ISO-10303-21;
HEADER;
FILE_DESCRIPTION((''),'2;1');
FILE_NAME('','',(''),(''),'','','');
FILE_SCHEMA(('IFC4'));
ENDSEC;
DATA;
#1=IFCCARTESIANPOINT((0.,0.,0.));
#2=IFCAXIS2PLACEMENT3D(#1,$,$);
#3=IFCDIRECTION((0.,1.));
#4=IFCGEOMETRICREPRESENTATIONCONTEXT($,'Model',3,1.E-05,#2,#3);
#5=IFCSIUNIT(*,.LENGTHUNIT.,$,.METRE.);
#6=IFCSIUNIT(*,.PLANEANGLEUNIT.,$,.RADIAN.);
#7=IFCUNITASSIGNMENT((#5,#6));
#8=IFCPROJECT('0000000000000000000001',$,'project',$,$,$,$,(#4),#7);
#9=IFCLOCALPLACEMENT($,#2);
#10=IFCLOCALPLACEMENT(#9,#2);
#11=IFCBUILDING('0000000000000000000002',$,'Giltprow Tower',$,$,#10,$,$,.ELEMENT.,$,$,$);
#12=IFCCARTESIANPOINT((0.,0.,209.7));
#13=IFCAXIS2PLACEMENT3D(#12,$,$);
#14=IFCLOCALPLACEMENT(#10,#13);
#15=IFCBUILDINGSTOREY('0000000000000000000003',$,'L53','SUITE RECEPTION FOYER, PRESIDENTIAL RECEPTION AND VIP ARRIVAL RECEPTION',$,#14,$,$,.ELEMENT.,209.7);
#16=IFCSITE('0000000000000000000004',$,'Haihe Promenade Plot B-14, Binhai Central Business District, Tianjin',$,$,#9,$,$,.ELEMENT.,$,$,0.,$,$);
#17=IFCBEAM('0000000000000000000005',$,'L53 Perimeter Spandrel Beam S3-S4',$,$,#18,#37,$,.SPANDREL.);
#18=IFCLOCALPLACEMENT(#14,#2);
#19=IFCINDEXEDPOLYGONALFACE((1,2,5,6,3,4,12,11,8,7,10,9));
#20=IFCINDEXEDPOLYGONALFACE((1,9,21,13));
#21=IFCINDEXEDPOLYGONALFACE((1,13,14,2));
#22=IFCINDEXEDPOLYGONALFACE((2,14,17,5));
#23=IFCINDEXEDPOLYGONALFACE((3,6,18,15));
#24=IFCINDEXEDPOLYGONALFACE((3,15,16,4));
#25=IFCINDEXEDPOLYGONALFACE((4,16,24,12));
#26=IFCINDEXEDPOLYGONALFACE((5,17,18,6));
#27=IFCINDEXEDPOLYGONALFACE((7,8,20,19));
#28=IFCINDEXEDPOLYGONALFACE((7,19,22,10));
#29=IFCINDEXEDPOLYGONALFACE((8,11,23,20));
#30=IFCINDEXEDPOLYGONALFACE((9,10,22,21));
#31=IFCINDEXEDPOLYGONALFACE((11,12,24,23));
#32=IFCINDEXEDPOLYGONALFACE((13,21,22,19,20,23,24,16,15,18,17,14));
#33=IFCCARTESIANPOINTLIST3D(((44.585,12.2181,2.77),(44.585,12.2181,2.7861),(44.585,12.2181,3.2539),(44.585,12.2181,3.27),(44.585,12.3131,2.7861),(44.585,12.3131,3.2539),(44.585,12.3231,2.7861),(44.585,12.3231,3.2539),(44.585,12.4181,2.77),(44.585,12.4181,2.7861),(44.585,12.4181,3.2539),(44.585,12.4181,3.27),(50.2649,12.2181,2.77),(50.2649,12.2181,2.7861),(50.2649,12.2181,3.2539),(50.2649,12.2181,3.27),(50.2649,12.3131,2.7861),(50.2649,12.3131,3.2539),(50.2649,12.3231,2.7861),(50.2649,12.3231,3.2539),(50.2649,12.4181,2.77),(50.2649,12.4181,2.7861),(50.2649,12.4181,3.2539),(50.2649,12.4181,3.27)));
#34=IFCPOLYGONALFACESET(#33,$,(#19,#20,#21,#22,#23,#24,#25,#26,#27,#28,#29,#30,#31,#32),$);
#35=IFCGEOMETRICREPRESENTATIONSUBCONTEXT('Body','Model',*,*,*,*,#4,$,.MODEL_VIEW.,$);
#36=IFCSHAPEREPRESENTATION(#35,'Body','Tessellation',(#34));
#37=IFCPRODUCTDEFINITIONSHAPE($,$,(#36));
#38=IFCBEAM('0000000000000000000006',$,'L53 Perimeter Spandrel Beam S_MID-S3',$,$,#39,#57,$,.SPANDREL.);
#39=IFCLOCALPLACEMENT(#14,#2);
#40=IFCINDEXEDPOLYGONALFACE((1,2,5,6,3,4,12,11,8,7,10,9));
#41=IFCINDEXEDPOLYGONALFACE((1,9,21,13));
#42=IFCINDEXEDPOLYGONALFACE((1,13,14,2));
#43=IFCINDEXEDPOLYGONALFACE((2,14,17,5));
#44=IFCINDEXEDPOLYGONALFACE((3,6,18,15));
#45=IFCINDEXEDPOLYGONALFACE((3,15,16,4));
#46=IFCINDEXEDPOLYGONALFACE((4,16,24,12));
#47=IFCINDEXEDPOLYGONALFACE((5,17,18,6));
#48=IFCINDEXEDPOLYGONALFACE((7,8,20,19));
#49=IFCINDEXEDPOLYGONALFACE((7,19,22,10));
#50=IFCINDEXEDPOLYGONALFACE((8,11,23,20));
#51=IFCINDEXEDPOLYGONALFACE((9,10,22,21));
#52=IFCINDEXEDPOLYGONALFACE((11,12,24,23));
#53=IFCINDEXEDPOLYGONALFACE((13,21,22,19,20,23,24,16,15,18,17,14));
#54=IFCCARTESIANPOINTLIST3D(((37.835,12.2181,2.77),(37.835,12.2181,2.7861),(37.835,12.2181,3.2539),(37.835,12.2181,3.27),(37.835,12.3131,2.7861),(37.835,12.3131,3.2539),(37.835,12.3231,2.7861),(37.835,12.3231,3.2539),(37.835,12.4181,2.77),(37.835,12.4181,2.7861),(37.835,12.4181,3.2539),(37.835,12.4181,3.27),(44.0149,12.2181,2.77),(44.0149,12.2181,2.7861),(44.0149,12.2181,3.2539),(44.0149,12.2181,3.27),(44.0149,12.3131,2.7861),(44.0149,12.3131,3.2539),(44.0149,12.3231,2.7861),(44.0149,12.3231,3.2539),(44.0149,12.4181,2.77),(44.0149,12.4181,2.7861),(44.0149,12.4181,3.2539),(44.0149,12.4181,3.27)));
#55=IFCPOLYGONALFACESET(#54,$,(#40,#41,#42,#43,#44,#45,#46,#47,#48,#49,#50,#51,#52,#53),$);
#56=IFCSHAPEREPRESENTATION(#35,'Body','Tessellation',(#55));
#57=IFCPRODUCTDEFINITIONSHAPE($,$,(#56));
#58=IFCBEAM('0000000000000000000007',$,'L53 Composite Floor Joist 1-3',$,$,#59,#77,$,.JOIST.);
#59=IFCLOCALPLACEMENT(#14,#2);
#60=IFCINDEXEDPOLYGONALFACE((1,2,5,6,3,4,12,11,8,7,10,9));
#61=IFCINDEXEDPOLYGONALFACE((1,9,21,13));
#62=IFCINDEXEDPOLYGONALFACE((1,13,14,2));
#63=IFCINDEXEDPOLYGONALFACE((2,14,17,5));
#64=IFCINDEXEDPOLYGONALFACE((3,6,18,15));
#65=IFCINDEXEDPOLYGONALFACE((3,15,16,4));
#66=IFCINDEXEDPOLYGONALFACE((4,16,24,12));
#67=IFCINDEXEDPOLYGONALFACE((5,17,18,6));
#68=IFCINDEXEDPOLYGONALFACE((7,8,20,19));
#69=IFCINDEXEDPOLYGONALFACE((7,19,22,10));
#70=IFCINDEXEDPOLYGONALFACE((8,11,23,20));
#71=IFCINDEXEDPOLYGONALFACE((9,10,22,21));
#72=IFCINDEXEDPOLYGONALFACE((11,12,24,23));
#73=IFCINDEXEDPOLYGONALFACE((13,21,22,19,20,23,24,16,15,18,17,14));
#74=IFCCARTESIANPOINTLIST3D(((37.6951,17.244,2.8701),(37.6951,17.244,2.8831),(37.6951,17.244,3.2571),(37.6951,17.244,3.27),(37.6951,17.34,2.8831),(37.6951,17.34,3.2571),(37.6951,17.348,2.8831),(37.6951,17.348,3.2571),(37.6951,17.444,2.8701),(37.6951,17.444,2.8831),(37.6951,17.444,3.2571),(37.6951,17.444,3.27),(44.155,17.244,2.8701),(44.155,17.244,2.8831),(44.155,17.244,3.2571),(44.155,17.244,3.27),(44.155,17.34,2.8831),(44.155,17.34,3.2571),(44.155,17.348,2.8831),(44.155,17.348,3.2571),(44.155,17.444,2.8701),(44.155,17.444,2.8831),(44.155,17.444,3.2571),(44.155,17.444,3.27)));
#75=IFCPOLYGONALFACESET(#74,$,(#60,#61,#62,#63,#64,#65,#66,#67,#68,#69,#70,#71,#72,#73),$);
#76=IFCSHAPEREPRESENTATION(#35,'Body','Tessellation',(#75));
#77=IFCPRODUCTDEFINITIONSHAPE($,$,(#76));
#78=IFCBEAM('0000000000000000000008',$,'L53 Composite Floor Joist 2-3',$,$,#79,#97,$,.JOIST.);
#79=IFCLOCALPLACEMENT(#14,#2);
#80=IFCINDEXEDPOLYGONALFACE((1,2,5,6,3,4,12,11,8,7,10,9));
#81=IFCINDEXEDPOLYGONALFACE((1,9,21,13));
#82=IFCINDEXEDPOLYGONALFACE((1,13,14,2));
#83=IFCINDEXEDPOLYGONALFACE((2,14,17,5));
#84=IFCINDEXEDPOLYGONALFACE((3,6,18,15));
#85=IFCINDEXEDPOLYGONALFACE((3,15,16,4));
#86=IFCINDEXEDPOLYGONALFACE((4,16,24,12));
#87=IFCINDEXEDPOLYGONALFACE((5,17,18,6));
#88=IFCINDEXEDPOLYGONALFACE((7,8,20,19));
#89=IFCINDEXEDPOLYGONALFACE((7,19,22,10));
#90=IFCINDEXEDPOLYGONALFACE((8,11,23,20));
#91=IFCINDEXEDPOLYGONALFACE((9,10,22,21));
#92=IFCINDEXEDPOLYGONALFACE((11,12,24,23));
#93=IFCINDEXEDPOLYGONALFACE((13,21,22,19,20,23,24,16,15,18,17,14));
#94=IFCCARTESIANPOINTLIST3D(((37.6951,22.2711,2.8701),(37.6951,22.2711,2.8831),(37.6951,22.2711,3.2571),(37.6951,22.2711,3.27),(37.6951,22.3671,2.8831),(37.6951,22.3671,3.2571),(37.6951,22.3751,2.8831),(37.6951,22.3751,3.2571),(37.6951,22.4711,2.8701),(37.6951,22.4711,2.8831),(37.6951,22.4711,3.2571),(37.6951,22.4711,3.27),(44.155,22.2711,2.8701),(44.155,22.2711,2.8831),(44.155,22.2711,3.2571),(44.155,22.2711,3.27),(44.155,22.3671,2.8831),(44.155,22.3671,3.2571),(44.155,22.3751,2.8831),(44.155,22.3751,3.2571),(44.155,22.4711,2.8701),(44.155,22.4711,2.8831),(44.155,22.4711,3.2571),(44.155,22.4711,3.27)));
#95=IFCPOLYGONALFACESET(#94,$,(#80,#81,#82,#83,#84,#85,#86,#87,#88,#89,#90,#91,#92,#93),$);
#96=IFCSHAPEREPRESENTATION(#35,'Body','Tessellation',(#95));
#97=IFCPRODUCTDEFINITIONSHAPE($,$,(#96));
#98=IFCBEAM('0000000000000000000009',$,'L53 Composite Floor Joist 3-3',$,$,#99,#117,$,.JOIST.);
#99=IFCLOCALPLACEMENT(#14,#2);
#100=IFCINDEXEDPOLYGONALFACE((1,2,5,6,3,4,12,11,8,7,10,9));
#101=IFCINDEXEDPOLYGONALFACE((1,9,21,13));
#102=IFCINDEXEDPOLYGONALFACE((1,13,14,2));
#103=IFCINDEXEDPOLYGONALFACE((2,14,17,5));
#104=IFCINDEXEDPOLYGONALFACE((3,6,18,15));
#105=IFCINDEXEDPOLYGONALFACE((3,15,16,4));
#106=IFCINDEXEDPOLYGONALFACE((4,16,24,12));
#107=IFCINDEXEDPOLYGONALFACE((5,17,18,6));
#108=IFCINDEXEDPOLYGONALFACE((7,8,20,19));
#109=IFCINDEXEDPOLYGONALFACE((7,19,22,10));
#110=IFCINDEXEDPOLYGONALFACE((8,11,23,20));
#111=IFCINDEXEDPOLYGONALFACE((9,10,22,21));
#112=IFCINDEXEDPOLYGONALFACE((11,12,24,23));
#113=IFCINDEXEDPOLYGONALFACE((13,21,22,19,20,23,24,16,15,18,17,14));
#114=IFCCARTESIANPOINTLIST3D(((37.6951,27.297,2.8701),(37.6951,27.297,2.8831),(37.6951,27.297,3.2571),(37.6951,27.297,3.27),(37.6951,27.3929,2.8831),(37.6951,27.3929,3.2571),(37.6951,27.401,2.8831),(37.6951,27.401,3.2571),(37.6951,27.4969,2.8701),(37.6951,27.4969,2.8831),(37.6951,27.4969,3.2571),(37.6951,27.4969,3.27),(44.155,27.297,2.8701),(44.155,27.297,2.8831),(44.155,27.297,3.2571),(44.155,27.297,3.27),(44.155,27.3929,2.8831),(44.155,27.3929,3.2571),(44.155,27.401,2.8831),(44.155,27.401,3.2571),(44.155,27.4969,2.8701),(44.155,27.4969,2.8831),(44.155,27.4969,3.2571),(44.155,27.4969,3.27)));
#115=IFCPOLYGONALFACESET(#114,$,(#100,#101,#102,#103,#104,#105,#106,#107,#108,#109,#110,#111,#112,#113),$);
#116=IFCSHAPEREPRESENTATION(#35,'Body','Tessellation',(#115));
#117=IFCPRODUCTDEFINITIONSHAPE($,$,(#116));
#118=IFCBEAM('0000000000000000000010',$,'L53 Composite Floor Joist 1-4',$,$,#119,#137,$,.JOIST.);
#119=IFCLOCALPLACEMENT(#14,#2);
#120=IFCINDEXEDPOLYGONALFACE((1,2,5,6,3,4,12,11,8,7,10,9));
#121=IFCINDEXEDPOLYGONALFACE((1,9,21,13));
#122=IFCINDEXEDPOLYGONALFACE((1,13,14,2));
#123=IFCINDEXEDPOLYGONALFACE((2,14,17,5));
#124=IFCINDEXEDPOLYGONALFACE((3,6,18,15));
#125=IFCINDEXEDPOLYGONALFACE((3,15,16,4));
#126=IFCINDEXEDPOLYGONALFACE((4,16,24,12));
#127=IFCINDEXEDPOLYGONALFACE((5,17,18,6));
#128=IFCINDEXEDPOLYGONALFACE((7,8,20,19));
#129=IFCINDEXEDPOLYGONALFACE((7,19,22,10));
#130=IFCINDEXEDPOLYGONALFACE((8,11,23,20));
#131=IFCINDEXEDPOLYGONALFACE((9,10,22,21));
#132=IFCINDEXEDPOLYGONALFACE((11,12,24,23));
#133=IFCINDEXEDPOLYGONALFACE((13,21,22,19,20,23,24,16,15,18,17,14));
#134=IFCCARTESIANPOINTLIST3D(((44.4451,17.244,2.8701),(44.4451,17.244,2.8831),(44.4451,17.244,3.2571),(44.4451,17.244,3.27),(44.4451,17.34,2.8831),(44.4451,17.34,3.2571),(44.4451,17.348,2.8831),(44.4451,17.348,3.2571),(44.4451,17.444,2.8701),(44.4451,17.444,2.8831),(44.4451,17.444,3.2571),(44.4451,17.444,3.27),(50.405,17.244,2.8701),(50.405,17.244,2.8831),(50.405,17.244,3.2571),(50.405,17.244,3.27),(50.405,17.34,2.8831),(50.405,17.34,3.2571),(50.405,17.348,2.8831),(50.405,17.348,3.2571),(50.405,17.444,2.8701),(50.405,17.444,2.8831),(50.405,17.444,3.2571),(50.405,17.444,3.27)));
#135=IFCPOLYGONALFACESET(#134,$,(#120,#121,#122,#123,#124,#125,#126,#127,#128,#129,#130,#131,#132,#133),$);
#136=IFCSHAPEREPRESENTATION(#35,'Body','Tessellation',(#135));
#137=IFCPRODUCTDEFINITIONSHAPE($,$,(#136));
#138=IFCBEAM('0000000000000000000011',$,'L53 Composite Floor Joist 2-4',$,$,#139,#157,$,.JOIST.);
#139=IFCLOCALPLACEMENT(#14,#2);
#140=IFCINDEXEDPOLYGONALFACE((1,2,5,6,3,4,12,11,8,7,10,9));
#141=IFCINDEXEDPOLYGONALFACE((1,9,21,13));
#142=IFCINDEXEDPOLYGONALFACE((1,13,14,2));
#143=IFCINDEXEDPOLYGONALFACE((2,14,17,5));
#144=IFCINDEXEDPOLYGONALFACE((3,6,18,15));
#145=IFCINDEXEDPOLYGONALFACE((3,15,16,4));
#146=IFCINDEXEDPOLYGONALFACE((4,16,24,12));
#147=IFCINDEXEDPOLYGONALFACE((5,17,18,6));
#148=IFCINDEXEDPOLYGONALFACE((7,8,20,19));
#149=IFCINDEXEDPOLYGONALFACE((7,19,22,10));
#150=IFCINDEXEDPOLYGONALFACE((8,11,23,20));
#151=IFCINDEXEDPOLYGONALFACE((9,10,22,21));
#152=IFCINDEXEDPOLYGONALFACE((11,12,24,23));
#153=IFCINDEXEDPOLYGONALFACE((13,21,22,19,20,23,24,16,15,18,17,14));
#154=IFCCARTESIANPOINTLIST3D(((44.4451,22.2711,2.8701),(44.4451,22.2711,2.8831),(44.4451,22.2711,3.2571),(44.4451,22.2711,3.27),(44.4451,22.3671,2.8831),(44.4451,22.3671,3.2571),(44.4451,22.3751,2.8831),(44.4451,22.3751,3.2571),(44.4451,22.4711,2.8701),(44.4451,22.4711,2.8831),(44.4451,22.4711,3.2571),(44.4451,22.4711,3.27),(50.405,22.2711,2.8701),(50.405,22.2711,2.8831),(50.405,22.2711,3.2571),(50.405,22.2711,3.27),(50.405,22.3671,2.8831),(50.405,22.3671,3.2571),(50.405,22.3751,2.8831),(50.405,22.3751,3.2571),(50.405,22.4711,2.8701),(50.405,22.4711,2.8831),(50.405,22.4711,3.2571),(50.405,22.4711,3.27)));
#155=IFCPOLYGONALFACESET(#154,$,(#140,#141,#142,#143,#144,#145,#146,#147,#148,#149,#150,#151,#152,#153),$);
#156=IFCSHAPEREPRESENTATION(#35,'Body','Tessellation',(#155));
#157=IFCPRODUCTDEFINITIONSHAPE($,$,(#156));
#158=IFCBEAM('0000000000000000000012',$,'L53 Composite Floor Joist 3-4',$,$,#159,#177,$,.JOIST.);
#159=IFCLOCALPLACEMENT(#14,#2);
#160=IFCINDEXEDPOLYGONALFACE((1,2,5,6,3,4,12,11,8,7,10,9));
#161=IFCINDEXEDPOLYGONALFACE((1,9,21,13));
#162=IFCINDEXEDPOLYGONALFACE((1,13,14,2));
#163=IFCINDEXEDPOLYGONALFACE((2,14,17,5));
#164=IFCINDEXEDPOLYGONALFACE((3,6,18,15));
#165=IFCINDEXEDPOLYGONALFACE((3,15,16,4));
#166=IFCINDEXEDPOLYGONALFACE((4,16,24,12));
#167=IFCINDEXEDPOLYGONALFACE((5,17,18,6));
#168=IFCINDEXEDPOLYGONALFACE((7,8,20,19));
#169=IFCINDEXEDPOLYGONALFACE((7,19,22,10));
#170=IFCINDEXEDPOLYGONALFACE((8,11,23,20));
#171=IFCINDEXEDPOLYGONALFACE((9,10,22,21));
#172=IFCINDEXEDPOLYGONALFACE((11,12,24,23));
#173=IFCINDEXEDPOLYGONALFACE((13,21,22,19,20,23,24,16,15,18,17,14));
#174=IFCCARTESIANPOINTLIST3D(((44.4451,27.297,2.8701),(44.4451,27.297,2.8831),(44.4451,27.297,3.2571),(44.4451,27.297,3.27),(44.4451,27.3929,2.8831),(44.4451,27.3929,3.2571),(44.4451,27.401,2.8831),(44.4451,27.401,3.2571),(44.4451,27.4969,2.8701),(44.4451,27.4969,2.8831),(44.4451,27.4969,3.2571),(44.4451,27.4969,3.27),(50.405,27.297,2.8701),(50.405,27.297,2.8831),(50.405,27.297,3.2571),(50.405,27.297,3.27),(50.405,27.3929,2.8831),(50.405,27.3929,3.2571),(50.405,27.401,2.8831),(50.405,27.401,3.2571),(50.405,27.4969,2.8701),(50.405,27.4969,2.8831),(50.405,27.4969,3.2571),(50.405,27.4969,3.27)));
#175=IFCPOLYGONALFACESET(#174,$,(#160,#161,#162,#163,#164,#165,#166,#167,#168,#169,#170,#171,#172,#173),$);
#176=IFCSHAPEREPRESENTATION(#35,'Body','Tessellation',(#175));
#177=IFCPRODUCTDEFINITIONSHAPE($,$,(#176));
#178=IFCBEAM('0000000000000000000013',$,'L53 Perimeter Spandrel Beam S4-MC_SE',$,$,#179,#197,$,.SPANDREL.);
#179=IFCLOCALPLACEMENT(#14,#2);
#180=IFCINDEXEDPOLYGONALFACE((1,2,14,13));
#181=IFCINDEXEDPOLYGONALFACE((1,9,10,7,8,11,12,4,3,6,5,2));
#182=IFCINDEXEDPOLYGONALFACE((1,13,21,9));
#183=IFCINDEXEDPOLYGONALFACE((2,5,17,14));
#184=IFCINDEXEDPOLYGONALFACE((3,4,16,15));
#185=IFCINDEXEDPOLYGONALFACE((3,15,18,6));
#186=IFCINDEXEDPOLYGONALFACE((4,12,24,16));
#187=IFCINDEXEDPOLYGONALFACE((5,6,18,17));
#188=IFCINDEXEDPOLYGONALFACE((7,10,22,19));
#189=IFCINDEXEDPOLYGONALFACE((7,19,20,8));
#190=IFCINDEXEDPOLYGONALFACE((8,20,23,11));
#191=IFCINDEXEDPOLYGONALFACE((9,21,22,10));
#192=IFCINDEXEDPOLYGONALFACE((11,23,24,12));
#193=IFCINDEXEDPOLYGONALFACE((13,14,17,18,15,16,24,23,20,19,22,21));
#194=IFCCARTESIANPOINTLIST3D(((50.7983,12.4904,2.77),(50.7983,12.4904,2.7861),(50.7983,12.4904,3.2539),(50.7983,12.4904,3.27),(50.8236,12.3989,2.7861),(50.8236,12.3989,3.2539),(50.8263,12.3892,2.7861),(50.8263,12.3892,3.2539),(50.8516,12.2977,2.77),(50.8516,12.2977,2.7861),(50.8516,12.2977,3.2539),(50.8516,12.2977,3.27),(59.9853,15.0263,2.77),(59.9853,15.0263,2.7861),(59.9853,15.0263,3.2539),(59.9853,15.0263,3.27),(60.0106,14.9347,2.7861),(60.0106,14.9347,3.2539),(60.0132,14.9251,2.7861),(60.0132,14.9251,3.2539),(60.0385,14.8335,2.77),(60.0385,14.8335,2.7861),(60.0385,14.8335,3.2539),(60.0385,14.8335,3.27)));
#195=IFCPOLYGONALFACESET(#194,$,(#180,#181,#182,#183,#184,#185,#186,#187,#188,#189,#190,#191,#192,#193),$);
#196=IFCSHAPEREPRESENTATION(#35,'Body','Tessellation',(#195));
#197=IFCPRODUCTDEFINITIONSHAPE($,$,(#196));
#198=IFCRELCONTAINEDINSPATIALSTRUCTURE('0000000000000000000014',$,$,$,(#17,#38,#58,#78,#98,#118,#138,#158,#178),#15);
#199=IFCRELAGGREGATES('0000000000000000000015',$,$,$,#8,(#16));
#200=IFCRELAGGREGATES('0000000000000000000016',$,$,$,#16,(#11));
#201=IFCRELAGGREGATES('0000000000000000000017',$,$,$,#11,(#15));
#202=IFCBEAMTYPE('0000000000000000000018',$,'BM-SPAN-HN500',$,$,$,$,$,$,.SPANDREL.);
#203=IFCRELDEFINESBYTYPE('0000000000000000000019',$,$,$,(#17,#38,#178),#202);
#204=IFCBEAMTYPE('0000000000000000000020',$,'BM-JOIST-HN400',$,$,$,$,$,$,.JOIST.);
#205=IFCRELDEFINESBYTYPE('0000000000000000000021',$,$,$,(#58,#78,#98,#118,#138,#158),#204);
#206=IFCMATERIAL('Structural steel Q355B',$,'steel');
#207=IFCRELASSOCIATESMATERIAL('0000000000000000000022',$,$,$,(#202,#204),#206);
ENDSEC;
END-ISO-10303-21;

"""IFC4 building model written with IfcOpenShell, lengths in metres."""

from ifc_helpers import new_model, si_unit, direction, frame, origin, origin_2d, place, context, subcontext, project, spatial, i_section, extrude, source, transform, mapped, material, material_profile, profile_set, type_object, element, save


model = new_model("IFC4")

# Units and contexts
model_context = context("Model", 3, precision=1e-05, world=origin(), true_north=direction((0.0, 1.0)))
body_context = subcontext(model_context, "Body", "Model", "MODEL_VIEW")
ifc_project = project(units=[si_unit("LENGTHUNIT", "METRE"), si_unit("PLANEANGLEUNIT", "RADIAN")], contexts=[model_context])

# Site, building, storey
site_placement = place(None, origin())
site = spatial("IfcSite", under=ifc_project, at=site_placement, Name="Haihe Promenade Plot B-14, Binhai Central Business District, Tianjin", CompositionType="ELEMENT", RefElevation=0.0)
building_placement = place(site_placement, origin())
building = spatial("IfcBuilding", under=site, at=building_placement, Name="Giltprow Tower", CompositionType="ELEMENT")
storey_placement = place(building_placement, frame((0.0, 0.0, 209.7)))
storey = spatial("IfcBuildingStorey", under=building, at=storey_placement, Name="L53", Description="SUITE RECEPTION FOYER, PRESIDENTIAL RECEPTION AND VIP ARRIVAL RECEPTION", CompositionType="ELEMENT", Elevation=209.7)

# Beams
ifc_material_1 = material(Name="Structural steel Q355B", Category="steel")
ifc_material_profile_1 = material_profile(ifc_material_1, i_section(OverallWidth=0.2, OverallDepth=0.5, WebThickness=0.01, FlangeThickness=0.0161, at=origin_2d()), Name="HN 500x200x10x16")
ifc_profile_set_1 = profile_set([ifc_material_profile_1], Name="Structural steel Q355B")
beam_type_1 = type_object("IfcBeamType", Name="BM-SPAN-HN500", PredefinedType="SPANDREL", material=ifc_profile_set_1)
shared_shape_1 = source(origin(), body_context, "Body", "SweptSolid", [
    extrude(i_section(OverallWidth=0.2, OverallDepth=0.5, WebThickness=0.01, FlangeThickness=0.0161, at=origin_2d()), origin(), (0.0, 0.0, 1.0), 5.6799),
])
beam_1_placement = place(storey_placement, frame((44.585, 12.3181, 3.02), z_axis=(1.0, 0.0, 0.0), x_axis=(0.0, 1.0, 0.0)))
element("IfcBeam", 1, at=beam_1_placement, inside=storey, type_object=beam_type_1, Name="L53 Perimeter Spandrel Beam S3-S4", PredefinedType="SPANDREL", context=body_context, shape_type="MappedRepresentation", body=[
    mapped(shared_shape_1, transform((0.0, 0.0, 0.0), x_axis=(1.0, 0.0, 0.0), y_axis=(0.0, 1.0, 0.0), z_axis=(0.0, 0.0, 1.0), scale=1.0)),
])
shared_shape_2 = source(origin(), body_context, "Body", "SweptSolid", [
    extrude(i_section(OverallWidth=0.2, OverallDepth=0.5, WebThickness=0.01, FlangeThickness=0.0161, at=origin_2d()), origin(), (0.0, 0.0, 1.0), 6.1799),
])
beam_2_placement = place(storey_placement, frame((37.835, 12.3181, 3.02), z_axis=(1.0, 0.0, 0.0), x_axis=(0.0, 1.0, 0.0)))
element("IfcBeam", 2, at=beam_2_placement, inside=storey, type_object=beam_type_1, Name="L53 Perimeter Spandrel Beam S_MID-S3", PredefinedType="SPANDREL", context=body_context, shape_type="MappedRepresentation", body=[
    mapped(shared_shape_2, transform((0.0, 0.0, 0.0), x_axis=(1.0, 0.0, 0.0), y_axis=(0.0, 1.0, 0.0), z_axis=(0.0, 0.0, 1.0), scale=1.0)),
])
ifc_material_profile_2 = material_profile(ifc_material_1, i_section(OverallWidth=0.2, OverallDepth=0.3999, WebThickness=0.0081, FlangeThickness=0.0129, at=origin_2d()), Name="HN 400x200x8x13")
ifc_profile_set_2 = profile_set([ifc_material_profile_2], Name="Structural steel Q355B")
beam_type_2 = type_object("IfcBeamType", Name="BM-JOIST-HN400", PredefinedType="JOIST", material=ifc_profile_set_2)
shared_shape_3 = source(origin(), body_context, "Body", "SweptSolid", [
    extrude(i_section(OverallWidth=0.2, OverallDepth=0.3999, WebThickness=0.0081, FlangeThickness=0.0129, at=origin_2d()), origin(), (0.0, 0.0, 1.0), 6.46),
])
for number, where, z_axis, x_axis, name in (
    (3, (37.6951, 17.344, 3.0701), (1.0, 0.0, 0.0), (0.0, 1.0, 0.0), "L53 Composite Floor Joist 1-3"),
    (4, (37.6951, 22.3711, 3.0701), (1.0, 0.0, 0.0), (0.0, 1.0, 0.0), "L53 Composite Floor Joist 2-3"),
    (5, (37.6951, 27.397, 3.0701), (1.0, 0.0, 0.0), (0.0, 1.0, 0.0), "L53 Composite Floor Joist 3-3"),
):
    element("IfcBeam", number, at=place(storey_placement, frame(where, z_axis=z_axis, x_axis=x_axis)), inside=storey, type_object=beam_type_2, Name=name, PredefinedType="JOIST", context=body_context, shape_type="MappedRepresentation", body=[
        mapped(shared_shape_3, transform((0.0, 0.0, 0.0), x_axis=(1.0, 0.0, 0.0), y_axis=(0.0, 1.0, 0.0), z_axis=(0.0, 0.0, 1.0), scale=1.0)),
    ])
shared_shape_4 = source(origin(), body_context, "Body", "SweptSolid", [
    extrude(i_section(OverallWidth=0.2, OverallDepth=0.3999, WebThickness=0.0081, FlangeThickness=0.0129, at=origin_2d()), origin(), (0.0, 0.0, 1.0), 5.96),
])
for number, where, z_axis, x_axis, name in (
    (6, (44.4451, 17.344, 3.0701), (1.0, 0.0, 0.0), (0.0, 1.0, 0.0), "L53 Composite Floor Joist 1-4"),
    (7, (44.4451, 22.3711, 3.0701), (1.0, 0.0, 0.0), (0.0, 1.0, 0.0), "L53 Composite Floor Joist 2-4"),
    (8, (44.4451, 27.397, 3.0701), (1.0, 0.0, 0.0), (0.0, 1.0, 0.0), "L53 Composite Floor Joist 3-4"),
):
    element("IfcBeam", number, at=place(storey_placement, frame(where, z_axis=z_axis, x_axis=x_axis)), inside=storey, type_object=beam_type_2, Name=name, PredefinedType="JOIST", context=body_context, shape_type="MappedRepresentation", body=[
        mapped(shared_shape_4, transform((0.0, 0.0, 0.0), x_axis=(1.0, 0.0, 0.0), y_axis=(0.0, 1.0, 0.0), z_axis=(0.0, 0.0, 1.0), scale=1.0)),
    ])
shared_shape_5 = source(origin(), body_context, "Body", "SweptSolid", [
    extrude(i_section(OverallWidth=0.2, OverallDepth=0.5, WebThickness=0.01, FlangeThickness=0.0161, at=origin_2d()), origin(), (0.0, 0.0, 1.0), 9.5305),
])
beam_3_placement = place(storey_placement, frame((50.825, 12.394, 3.02), z_axis=(0.963951, 0.266079, 0.0), x_axis=(-0.266079, 0.963951, 0.0)))
element("IfcBeam", 9, at=beam_3_placement, inside=storey, type_object=beam_type_1, Name="L53 Perimeter Spandrel Beam S4-MC_SE", PredefinedType="SPANDREL", context=body_context, shape_type="MappedRepresentation", body=[
    mapped(shared_shape_5, transform((0.0, 0.0, 0.0), x_axis=(1.0, 0.0, 0.0), y_axis=(0.0, 1.0, 0.0), z_axis=(0.0, 0.0, 1.0), scale=1.0)),
])

save(model, "model.ifc")
